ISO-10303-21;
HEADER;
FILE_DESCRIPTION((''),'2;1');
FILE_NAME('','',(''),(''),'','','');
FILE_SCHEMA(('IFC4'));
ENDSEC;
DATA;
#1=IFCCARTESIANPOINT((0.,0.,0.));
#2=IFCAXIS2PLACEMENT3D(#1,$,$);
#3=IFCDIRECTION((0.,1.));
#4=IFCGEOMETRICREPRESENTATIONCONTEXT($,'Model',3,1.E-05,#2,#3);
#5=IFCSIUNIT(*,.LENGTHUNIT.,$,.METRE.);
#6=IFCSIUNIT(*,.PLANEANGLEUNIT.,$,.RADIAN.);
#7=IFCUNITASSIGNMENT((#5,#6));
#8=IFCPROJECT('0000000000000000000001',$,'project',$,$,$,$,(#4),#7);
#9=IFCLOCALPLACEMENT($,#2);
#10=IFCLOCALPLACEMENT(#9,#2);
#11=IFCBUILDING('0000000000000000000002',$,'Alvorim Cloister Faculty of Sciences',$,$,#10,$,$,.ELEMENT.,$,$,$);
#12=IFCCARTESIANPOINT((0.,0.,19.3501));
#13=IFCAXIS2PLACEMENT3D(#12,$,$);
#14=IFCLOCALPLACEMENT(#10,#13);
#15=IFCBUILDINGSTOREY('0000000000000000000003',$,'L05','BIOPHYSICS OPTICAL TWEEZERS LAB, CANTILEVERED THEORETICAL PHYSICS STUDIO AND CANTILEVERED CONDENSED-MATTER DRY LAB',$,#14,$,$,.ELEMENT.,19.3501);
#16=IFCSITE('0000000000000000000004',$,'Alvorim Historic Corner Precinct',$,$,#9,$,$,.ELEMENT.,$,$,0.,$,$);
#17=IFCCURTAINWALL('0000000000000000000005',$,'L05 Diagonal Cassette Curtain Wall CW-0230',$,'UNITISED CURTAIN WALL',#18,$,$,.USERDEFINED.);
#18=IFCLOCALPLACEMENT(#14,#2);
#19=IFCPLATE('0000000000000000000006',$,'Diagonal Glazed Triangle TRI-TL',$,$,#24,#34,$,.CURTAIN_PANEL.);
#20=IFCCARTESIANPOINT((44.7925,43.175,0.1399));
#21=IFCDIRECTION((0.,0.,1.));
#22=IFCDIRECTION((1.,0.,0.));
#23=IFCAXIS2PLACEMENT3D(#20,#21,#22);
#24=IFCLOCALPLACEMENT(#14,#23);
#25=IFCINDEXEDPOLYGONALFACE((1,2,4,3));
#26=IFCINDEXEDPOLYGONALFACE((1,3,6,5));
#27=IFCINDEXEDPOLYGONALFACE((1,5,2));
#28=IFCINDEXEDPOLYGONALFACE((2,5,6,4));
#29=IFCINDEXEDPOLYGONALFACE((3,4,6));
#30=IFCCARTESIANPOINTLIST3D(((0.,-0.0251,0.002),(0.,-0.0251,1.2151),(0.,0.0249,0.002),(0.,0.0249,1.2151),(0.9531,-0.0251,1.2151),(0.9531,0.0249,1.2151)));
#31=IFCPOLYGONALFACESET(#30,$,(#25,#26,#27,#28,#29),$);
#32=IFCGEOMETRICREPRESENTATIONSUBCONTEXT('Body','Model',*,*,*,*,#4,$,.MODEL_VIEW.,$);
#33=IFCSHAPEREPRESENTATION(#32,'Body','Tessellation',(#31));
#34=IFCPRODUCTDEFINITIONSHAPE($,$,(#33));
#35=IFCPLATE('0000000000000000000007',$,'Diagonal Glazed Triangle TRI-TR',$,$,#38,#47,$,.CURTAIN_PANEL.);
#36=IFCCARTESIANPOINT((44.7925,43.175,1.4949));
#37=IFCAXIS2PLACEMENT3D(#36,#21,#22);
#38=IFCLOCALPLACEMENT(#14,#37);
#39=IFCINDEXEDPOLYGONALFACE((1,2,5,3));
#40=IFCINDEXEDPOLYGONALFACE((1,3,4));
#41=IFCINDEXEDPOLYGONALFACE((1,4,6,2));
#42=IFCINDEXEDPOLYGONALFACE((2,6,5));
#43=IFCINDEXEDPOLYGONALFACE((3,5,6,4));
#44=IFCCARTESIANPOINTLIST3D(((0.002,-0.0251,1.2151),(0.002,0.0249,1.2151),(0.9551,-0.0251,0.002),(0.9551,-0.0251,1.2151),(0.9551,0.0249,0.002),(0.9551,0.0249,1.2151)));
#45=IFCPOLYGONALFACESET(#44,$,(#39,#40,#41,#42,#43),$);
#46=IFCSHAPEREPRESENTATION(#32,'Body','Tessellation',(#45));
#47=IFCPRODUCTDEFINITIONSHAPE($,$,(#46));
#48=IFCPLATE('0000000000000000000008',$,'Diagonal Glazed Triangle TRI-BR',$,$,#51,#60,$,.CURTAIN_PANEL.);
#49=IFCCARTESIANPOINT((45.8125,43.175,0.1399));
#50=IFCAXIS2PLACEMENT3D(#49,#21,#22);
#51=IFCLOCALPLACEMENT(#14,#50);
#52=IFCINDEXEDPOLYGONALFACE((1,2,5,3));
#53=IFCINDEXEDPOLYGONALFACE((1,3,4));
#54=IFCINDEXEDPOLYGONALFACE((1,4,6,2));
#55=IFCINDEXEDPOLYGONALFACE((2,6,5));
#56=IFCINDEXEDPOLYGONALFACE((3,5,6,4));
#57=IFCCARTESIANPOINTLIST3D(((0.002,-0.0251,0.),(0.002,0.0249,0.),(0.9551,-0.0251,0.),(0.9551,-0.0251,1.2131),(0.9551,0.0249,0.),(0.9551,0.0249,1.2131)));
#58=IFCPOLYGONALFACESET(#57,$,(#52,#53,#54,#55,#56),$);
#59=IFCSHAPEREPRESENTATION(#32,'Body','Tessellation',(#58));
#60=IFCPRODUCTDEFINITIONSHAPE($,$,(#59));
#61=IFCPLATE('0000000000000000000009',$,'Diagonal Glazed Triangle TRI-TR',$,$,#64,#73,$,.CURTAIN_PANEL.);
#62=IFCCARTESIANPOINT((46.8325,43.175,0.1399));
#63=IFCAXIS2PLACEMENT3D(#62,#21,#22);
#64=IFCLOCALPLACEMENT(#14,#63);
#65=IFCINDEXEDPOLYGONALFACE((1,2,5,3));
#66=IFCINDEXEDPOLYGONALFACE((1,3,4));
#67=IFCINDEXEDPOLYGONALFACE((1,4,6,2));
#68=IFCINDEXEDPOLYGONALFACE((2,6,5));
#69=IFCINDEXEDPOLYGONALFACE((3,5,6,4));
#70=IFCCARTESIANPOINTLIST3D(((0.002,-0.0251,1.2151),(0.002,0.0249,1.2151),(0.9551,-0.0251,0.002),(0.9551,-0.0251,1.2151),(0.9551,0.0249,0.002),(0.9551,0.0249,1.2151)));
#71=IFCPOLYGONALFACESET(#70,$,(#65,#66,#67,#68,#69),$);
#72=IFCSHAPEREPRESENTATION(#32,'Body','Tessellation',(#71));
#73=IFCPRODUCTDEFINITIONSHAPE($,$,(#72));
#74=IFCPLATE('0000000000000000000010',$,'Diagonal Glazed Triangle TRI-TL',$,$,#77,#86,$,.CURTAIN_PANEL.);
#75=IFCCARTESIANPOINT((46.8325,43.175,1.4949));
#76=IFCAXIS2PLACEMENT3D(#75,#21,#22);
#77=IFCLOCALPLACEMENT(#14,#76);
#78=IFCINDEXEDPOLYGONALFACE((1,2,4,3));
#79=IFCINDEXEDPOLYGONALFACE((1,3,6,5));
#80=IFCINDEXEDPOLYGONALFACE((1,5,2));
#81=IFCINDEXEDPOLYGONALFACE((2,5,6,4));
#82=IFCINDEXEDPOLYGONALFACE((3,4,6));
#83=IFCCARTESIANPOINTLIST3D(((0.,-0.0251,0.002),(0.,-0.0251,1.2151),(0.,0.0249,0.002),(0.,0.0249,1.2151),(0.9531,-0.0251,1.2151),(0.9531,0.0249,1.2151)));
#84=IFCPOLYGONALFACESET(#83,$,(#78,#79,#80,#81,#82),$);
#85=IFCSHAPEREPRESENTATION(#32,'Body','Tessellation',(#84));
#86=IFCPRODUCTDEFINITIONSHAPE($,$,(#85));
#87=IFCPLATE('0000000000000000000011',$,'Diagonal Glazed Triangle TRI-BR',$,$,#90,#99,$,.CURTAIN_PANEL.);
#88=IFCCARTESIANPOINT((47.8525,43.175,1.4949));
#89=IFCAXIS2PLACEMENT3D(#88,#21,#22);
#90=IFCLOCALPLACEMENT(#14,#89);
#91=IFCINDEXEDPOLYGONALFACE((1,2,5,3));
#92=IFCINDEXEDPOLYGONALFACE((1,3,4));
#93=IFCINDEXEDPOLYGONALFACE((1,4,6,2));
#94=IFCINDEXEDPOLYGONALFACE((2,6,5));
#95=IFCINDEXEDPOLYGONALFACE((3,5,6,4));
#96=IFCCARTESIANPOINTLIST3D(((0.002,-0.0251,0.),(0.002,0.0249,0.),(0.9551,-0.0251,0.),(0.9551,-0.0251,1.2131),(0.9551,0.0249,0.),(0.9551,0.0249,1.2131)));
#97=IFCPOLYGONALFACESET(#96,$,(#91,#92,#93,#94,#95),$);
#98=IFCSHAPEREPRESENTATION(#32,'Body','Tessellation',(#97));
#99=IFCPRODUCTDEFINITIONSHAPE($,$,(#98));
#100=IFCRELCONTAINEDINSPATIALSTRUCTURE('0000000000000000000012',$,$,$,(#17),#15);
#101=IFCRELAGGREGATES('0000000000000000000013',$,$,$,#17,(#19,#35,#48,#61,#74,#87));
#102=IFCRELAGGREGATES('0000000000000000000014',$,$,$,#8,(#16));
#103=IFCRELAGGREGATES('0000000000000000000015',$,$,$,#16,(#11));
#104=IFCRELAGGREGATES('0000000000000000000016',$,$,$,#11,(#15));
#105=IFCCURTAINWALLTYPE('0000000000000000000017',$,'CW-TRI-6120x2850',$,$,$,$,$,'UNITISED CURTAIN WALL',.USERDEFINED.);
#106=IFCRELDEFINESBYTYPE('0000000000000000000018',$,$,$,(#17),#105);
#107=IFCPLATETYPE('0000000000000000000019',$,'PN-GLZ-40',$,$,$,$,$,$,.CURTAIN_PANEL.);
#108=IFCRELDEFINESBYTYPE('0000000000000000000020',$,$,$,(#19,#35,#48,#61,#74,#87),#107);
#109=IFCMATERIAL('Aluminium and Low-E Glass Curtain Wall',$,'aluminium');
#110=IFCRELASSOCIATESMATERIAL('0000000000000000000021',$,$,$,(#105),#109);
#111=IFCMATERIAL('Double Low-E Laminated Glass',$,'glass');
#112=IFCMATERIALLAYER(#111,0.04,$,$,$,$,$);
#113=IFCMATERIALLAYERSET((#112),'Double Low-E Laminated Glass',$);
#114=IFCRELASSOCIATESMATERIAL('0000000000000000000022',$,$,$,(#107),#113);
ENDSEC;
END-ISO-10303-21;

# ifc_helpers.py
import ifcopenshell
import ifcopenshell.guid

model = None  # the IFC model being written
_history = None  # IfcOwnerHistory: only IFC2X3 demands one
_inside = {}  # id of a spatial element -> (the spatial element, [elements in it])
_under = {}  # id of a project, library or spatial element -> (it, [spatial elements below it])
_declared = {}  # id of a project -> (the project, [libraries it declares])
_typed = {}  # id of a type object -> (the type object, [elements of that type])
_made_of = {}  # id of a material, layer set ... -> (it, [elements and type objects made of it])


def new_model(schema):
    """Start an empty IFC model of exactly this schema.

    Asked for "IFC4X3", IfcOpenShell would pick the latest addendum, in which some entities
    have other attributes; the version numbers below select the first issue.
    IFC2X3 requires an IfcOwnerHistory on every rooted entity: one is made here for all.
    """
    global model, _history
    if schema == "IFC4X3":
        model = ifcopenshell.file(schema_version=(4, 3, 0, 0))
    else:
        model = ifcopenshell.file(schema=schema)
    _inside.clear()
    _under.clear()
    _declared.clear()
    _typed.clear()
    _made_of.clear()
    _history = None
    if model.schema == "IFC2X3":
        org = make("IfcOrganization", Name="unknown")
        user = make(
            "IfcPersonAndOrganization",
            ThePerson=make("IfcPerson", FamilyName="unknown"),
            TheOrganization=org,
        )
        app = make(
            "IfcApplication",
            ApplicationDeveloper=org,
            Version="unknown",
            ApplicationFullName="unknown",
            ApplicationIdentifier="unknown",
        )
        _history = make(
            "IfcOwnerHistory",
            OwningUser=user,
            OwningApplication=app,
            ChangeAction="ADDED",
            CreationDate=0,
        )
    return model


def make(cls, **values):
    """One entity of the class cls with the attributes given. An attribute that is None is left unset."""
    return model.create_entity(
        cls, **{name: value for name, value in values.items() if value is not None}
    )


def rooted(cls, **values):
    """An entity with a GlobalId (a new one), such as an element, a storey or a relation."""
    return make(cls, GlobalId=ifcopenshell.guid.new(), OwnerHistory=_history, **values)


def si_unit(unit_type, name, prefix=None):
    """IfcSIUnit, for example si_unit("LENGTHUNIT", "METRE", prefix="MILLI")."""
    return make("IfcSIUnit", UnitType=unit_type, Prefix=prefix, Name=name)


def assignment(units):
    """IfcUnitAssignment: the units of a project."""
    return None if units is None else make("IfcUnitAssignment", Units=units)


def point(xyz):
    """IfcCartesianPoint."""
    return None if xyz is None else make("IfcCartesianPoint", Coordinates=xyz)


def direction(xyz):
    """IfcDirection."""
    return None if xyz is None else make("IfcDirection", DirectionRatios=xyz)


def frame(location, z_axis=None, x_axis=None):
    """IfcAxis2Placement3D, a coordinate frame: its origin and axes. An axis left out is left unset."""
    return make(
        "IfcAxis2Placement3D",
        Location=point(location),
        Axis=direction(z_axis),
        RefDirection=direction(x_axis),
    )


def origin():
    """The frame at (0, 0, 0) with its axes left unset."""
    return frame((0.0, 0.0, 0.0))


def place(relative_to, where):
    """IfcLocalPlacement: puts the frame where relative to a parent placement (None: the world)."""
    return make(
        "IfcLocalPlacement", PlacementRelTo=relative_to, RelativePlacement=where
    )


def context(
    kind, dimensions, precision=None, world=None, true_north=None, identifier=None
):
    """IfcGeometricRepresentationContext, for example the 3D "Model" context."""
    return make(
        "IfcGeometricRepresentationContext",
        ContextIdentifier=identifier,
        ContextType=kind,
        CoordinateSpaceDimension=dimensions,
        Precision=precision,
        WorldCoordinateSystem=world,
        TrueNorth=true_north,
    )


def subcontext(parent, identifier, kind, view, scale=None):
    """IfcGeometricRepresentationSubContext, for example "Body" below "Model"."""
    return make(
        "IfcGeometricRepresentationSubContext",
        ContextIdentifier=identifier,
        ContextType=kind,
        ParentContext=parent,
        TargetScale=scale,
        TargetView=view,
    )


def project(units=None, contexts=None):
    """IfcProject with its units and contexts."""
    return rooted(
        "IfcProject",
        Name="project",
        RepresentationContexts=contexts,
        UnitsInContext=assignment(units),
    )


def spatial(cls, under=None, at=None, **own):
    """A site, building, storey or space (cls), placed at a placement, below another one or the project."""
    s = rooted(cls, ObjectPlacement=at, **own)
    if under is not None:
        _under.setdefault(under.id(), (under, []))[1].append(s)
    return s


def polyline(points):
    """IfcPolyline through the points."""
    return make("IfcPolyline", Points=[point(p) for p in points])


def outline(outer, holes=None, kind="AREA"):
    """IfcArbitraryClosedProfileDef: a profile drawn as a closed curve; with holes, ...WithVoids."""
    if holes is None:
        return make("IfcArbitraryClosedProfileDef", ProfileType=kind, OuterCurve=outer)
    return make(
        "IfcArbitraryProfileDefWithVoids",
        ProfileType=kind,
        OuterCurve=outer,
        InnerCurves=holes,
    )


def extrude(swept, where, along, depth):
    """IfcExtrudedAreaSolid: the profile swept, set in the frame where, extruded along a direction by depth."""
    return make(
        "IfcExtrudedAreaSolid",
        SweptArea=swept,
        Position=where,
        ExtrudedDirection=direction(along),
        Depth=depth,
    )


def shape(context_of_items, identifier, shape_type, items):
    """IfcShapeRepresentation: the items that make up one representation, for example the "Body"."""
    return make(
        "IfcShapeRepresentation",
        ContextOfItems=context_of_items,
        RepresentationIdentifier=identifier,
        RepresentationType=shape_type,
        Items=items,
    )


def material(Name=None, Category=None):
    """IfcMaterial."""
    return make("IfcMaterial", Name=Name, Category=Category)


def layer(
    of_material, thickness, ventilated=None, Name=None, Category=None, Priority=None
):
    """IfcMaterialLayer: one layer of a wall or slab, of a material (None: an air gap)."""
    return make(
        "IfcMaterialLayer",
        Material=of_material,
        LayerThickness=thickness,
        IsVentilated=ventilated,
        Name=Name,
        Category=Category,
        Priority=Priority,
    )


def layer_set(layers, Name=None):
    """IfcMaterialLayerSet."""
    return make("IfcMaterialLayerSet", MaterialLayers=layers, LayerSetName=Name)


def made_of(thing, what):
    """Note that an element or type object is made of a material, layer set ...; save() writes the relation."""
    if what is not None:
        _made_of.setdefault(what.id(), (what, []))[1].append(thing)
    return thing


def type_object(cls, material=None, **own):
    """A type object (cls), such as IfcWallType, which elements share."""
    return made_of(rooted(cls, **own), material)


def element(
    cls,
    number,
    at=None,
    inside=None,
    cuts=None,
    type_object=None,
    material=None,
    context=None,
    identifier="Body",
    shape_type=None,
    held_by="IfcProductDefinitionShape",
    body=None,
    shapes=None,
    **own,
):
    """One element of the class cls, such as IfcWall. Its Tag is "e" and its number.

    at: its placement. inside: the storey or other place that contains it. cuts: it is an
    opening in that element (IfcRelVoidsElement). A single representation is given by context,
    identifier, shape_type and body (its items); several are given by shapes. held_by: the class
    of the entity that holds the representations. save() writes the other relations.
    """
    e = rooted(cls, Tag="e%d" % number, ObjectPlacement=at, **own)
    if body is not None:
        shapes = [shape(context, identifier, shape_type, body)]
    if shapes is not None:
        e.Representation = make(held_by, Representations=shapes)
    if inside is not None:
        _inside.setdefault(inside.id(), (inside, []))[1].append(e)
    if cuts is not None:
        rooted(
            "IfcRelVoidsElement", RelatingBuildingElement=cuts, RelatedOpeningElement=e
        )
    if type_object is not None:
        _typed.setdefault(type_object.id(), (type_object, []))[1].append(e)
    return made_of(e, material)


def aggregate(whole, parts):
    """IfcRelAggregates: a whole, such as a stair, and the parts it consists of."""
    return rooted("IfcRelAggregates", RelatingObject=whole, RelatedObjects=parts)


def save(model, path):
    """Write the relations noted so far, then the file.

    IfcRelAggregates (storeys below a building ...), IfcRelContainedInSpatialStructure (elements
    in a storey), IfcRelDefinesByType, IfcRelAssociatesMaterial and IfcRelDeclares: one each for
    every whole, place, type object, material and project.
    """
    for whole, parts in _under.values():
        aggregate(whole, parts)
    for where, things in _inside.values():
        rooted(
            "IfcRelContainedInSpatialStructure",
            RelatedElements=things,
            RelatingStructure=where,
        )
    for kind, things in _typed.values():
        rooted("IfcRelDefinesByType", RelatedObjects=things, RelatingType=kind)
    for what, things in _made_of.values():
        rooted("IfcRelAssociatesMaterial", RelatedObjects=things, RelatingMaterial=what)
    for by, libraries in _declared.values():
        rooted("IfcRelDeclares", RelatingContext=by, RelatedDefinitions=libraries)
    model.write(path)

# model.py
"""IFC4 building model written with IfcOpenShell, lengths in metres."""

from ifc_helpers import new_model, si_unit, direction, frame, origin, place, context, subcontext, project, spatial, polyline, outline, extrude, material, layer, layer_set, type_object, element, aggregate, save


model = new_model("IFC4")

# Units and contexts
model_context = context("Model", 3, precision=1e-05, world=origin(), true_north=direction((0.0, 1.0)))
body_context = subcontext(model_context, "Body", "Model", "MODEL_VIEW")
ifc_project = project(units=[si_unit("LENGTHUNIT", "METRE"), si_unit("PLANEANGLEUNIT", "RADIAN")], contexts=[model_context])

# Site, building, storey
site_placement = place(None, origin())
site = spatial("IfcSite", under=ifc_project, at=site_placement, Name="Alvorim Historic Corner Precinct", CompositionType="ELEMENT", RefElevation=0.0)
building_placement = place(site_placement, origin())
building = spatial("IfcBuilding", under=site, at=building_placement, Name="Alvorim Cloister Faculty of Sciences", CompositionType="ELEMENT")
storey_placement = place(building_placement, frame((0.0, 0.0, 19.3501)))
storey = spatial("IfcBuildingStorey", under=building, at=storey_placement, Name="L05", Description="BIOPHYSICS OPTICAL TWEEZERS LAB, CANTILEVERED THEORETICAL PHYSICS STUDIO AND CANTILEVERED CONDENSED-MATTER DRY LAB", CompositionType="ELEMENT", Elevation=19.3501)

# Curtain wall, plates
ifc_material_1 = material(Name="Aluminium and Low-E Glass Curtain Wall", Category="aluminium")
curtain_wall_type = type_object("IfcCurtainWallType", Name="CW-TRI-6120x2850", ElementType="UNITISED CURTAIN WALL", PredefinedType="USERDEFINED", material=ifc_material_1)
curtain_wall_placement = place(storey_placement, origin())
curtain_wall = element("IfcCurtainWall", 1, at=curtain_wall_placement, inside=storey, type_object=curtain_wall_type, Name="L05 Diagonal Cassette Curtain Wall CW-0230", ObjectType="UNITISED CURTAIN WALL", PredefinedType="USERDEFINED")
ifc_material_2 = material(Name="Double Low-E Laminated Glass", Category="glass")
ifc_layer = layer(ifc_material_2, 0.04)
ifc_layer_set = layer_set([ifc_layer], Name="Double Low-E Laminated Glass")
plate_type = type_object("IfcPlateType", Name="PN-GLZ-40", PredefinedType="CURTAIN_PANEL", material=ifc_layer_set)
plate_1_placement = place(storey_placement, frame((44.7925, 43.175, 0.1399), z_axis=(0.0, 0.0, 1.0), x_axis=(1.0, 0.0, 0.0)))
plate_1 = element("IfcPlate", 2, at=plate_1_placement, type_object=plate_type, Name="Diagonal Glazed Triangle TRI-TL", PredefinedType="CURTAIN_PANEL", context=body_context, shape_type="SweptSolid", body=[
    extrude(outline(polyline([(0.9531, 1.2151), (0.0, 1.2151), (0.0, 0.002), (0.9531, 1.2151)])), frame((0.0, 0.0249, 0.0), z_axis=(0.0, -1.0, 0.0), x_axis=(1.0, 0.0, 0.0)), (0.0, 0.0, 1.0), 0.05),
])
plate_2_placement = place(storey_placement, frame((44.7925, 43.175, 1.4949), z_axis=(0.0, 0.0, 1.0), x_axis=(1.0, 0.0, 0.0)))
plate_2 = element("IfcPlate", 3, at=plate_2_placement, type_object=plate_type, Name="Diagonal Glazed Triangle TRI-TR", PredefinedType="CURTAIN_PANEL", context=body_context, shape_type="SweptSolid", body=[
    extrude(outline(polyline([(0.9551, 0.002), (0.9551, 1.2151), (0.002, 1.2151), (0.9551, 0.002)])), frame((0.0, 0.0249, 0.0), z_axis=(0.0, -1.0, 0.0), x_axis=(1.0, 0.0, 0.0)), (0.0, 0.0, 1.0), 0.05),
])
plate_3_placement = place(storey_placement, frame((45.8125, 43.175, 0.1399), z_axis=(0.0, 0.0, 1.0), x_axis=(1.0, 0.0, 0.0)))
plate_3 = element("IfcPlate", 4, at=plate_3_placement, type_object=plate_type, Name="Diagonal Glazed Triangle TRI-BR", PredefinedType="CURTAIN_PANEL", context=body_context, shape_type="SweptSolid", body=[
    extrude(outline(polyline([(0.002, 0.0), (0.9551, 0.0), (0.9551, 1.2131), (0.002, 0.0)])), frame((0.0, 0.0249, 0.0), z_axis=(0.0, -1.0, 0.0), x_axis=(1.0, 0.0, 0.0)), (0.0, 0.0, 1.0), 0.05),
])
plate_4_placement = place(storey_placement, frame((46.8325, 43.175, 0.1399), z_axis=(0.0, 0.0, 1.0), x_axis=(1.0, 0.0, 0.0)))
plate_4 = element("IfcPlate", 5, at=plate_4_placement, type_object=plate_type, Name="Diagonal Glazed Triangle TRI-TR", PredefinedType="CURTAIN_PANEL", context=body_context, shape_type="SweptSolid", body=[
    extrude(outline(polyline([(0.9551, 0.002), (0.9551, 1.2151), (0.002, 1.2151), (0.9551, 0.002)])), frame((0.0, 0.0249, 0.0), z_axis=(0.0, -1.0, 0.0), x_axis=(1.0, 0.0, 0.0)), (0.0, 0.0, 1.0), 0.05),
])
plate_5_placement = place(storey_placement, frame((46.8325, 43.175, 1.4949), z_axis=(0.0, 0.0, 1.0), x_axis=(1.0, 0.0, 0.0)))
plate_5 = element("IfcPlate", 6, at=plate_5_placement, type_object=plate_type, Name="Diagonal Glazed Triangle TRI-TL", PredefinedType="CURTAIN_PANEL", context=body_context, shape_type="SweptSolid", body=[
    extrude(outline(polyline([(0.9531, 1.2151), (0.0, 1.2151), (0.0, 0.002), (0.9531, 1.2151)])), frame((0.0, 0.0249, 0.0), z_axis=(0.0, -1.0, 0.0), x_axis=(1.0, 0.0, 0.0)), (0.0, 0.0, 1.0), 0.05),
])
plate_6_placement = place(storey_placement, frame((47.8525, 43.175, 1.4949), z_axis=(0.0, 0.0, 1.0), x_axis=(1.0, 0.0, 0.0)))
plate_6 = element("IfcPlate", 7, at=plate_6_placement, type_object=plate_type, Name="Diagonal Glazed Triangle TRI-BR", PredefinedType="CURTAIN_PANEL", context=body_context, shape_type="SweptSolid", body=[
    extrude(outline(polyline([(0.002, 0.0), (0.9551, 0.0), (0.9551, 1.2131), (0.002, 0.0)])), frame((0.0, 0.0249, 0.0), z_axis=(0.0, -1.0, 0.0), x_axis=(1.0, 0.0, 0.0)), (0.0, 0.0, 1.0), 0.05),
])
aggregate(curtain_wall, [plate_1, plate_2, plate_3, plate_4, plate_5, plate_6])

save(model, "model.ifc")
